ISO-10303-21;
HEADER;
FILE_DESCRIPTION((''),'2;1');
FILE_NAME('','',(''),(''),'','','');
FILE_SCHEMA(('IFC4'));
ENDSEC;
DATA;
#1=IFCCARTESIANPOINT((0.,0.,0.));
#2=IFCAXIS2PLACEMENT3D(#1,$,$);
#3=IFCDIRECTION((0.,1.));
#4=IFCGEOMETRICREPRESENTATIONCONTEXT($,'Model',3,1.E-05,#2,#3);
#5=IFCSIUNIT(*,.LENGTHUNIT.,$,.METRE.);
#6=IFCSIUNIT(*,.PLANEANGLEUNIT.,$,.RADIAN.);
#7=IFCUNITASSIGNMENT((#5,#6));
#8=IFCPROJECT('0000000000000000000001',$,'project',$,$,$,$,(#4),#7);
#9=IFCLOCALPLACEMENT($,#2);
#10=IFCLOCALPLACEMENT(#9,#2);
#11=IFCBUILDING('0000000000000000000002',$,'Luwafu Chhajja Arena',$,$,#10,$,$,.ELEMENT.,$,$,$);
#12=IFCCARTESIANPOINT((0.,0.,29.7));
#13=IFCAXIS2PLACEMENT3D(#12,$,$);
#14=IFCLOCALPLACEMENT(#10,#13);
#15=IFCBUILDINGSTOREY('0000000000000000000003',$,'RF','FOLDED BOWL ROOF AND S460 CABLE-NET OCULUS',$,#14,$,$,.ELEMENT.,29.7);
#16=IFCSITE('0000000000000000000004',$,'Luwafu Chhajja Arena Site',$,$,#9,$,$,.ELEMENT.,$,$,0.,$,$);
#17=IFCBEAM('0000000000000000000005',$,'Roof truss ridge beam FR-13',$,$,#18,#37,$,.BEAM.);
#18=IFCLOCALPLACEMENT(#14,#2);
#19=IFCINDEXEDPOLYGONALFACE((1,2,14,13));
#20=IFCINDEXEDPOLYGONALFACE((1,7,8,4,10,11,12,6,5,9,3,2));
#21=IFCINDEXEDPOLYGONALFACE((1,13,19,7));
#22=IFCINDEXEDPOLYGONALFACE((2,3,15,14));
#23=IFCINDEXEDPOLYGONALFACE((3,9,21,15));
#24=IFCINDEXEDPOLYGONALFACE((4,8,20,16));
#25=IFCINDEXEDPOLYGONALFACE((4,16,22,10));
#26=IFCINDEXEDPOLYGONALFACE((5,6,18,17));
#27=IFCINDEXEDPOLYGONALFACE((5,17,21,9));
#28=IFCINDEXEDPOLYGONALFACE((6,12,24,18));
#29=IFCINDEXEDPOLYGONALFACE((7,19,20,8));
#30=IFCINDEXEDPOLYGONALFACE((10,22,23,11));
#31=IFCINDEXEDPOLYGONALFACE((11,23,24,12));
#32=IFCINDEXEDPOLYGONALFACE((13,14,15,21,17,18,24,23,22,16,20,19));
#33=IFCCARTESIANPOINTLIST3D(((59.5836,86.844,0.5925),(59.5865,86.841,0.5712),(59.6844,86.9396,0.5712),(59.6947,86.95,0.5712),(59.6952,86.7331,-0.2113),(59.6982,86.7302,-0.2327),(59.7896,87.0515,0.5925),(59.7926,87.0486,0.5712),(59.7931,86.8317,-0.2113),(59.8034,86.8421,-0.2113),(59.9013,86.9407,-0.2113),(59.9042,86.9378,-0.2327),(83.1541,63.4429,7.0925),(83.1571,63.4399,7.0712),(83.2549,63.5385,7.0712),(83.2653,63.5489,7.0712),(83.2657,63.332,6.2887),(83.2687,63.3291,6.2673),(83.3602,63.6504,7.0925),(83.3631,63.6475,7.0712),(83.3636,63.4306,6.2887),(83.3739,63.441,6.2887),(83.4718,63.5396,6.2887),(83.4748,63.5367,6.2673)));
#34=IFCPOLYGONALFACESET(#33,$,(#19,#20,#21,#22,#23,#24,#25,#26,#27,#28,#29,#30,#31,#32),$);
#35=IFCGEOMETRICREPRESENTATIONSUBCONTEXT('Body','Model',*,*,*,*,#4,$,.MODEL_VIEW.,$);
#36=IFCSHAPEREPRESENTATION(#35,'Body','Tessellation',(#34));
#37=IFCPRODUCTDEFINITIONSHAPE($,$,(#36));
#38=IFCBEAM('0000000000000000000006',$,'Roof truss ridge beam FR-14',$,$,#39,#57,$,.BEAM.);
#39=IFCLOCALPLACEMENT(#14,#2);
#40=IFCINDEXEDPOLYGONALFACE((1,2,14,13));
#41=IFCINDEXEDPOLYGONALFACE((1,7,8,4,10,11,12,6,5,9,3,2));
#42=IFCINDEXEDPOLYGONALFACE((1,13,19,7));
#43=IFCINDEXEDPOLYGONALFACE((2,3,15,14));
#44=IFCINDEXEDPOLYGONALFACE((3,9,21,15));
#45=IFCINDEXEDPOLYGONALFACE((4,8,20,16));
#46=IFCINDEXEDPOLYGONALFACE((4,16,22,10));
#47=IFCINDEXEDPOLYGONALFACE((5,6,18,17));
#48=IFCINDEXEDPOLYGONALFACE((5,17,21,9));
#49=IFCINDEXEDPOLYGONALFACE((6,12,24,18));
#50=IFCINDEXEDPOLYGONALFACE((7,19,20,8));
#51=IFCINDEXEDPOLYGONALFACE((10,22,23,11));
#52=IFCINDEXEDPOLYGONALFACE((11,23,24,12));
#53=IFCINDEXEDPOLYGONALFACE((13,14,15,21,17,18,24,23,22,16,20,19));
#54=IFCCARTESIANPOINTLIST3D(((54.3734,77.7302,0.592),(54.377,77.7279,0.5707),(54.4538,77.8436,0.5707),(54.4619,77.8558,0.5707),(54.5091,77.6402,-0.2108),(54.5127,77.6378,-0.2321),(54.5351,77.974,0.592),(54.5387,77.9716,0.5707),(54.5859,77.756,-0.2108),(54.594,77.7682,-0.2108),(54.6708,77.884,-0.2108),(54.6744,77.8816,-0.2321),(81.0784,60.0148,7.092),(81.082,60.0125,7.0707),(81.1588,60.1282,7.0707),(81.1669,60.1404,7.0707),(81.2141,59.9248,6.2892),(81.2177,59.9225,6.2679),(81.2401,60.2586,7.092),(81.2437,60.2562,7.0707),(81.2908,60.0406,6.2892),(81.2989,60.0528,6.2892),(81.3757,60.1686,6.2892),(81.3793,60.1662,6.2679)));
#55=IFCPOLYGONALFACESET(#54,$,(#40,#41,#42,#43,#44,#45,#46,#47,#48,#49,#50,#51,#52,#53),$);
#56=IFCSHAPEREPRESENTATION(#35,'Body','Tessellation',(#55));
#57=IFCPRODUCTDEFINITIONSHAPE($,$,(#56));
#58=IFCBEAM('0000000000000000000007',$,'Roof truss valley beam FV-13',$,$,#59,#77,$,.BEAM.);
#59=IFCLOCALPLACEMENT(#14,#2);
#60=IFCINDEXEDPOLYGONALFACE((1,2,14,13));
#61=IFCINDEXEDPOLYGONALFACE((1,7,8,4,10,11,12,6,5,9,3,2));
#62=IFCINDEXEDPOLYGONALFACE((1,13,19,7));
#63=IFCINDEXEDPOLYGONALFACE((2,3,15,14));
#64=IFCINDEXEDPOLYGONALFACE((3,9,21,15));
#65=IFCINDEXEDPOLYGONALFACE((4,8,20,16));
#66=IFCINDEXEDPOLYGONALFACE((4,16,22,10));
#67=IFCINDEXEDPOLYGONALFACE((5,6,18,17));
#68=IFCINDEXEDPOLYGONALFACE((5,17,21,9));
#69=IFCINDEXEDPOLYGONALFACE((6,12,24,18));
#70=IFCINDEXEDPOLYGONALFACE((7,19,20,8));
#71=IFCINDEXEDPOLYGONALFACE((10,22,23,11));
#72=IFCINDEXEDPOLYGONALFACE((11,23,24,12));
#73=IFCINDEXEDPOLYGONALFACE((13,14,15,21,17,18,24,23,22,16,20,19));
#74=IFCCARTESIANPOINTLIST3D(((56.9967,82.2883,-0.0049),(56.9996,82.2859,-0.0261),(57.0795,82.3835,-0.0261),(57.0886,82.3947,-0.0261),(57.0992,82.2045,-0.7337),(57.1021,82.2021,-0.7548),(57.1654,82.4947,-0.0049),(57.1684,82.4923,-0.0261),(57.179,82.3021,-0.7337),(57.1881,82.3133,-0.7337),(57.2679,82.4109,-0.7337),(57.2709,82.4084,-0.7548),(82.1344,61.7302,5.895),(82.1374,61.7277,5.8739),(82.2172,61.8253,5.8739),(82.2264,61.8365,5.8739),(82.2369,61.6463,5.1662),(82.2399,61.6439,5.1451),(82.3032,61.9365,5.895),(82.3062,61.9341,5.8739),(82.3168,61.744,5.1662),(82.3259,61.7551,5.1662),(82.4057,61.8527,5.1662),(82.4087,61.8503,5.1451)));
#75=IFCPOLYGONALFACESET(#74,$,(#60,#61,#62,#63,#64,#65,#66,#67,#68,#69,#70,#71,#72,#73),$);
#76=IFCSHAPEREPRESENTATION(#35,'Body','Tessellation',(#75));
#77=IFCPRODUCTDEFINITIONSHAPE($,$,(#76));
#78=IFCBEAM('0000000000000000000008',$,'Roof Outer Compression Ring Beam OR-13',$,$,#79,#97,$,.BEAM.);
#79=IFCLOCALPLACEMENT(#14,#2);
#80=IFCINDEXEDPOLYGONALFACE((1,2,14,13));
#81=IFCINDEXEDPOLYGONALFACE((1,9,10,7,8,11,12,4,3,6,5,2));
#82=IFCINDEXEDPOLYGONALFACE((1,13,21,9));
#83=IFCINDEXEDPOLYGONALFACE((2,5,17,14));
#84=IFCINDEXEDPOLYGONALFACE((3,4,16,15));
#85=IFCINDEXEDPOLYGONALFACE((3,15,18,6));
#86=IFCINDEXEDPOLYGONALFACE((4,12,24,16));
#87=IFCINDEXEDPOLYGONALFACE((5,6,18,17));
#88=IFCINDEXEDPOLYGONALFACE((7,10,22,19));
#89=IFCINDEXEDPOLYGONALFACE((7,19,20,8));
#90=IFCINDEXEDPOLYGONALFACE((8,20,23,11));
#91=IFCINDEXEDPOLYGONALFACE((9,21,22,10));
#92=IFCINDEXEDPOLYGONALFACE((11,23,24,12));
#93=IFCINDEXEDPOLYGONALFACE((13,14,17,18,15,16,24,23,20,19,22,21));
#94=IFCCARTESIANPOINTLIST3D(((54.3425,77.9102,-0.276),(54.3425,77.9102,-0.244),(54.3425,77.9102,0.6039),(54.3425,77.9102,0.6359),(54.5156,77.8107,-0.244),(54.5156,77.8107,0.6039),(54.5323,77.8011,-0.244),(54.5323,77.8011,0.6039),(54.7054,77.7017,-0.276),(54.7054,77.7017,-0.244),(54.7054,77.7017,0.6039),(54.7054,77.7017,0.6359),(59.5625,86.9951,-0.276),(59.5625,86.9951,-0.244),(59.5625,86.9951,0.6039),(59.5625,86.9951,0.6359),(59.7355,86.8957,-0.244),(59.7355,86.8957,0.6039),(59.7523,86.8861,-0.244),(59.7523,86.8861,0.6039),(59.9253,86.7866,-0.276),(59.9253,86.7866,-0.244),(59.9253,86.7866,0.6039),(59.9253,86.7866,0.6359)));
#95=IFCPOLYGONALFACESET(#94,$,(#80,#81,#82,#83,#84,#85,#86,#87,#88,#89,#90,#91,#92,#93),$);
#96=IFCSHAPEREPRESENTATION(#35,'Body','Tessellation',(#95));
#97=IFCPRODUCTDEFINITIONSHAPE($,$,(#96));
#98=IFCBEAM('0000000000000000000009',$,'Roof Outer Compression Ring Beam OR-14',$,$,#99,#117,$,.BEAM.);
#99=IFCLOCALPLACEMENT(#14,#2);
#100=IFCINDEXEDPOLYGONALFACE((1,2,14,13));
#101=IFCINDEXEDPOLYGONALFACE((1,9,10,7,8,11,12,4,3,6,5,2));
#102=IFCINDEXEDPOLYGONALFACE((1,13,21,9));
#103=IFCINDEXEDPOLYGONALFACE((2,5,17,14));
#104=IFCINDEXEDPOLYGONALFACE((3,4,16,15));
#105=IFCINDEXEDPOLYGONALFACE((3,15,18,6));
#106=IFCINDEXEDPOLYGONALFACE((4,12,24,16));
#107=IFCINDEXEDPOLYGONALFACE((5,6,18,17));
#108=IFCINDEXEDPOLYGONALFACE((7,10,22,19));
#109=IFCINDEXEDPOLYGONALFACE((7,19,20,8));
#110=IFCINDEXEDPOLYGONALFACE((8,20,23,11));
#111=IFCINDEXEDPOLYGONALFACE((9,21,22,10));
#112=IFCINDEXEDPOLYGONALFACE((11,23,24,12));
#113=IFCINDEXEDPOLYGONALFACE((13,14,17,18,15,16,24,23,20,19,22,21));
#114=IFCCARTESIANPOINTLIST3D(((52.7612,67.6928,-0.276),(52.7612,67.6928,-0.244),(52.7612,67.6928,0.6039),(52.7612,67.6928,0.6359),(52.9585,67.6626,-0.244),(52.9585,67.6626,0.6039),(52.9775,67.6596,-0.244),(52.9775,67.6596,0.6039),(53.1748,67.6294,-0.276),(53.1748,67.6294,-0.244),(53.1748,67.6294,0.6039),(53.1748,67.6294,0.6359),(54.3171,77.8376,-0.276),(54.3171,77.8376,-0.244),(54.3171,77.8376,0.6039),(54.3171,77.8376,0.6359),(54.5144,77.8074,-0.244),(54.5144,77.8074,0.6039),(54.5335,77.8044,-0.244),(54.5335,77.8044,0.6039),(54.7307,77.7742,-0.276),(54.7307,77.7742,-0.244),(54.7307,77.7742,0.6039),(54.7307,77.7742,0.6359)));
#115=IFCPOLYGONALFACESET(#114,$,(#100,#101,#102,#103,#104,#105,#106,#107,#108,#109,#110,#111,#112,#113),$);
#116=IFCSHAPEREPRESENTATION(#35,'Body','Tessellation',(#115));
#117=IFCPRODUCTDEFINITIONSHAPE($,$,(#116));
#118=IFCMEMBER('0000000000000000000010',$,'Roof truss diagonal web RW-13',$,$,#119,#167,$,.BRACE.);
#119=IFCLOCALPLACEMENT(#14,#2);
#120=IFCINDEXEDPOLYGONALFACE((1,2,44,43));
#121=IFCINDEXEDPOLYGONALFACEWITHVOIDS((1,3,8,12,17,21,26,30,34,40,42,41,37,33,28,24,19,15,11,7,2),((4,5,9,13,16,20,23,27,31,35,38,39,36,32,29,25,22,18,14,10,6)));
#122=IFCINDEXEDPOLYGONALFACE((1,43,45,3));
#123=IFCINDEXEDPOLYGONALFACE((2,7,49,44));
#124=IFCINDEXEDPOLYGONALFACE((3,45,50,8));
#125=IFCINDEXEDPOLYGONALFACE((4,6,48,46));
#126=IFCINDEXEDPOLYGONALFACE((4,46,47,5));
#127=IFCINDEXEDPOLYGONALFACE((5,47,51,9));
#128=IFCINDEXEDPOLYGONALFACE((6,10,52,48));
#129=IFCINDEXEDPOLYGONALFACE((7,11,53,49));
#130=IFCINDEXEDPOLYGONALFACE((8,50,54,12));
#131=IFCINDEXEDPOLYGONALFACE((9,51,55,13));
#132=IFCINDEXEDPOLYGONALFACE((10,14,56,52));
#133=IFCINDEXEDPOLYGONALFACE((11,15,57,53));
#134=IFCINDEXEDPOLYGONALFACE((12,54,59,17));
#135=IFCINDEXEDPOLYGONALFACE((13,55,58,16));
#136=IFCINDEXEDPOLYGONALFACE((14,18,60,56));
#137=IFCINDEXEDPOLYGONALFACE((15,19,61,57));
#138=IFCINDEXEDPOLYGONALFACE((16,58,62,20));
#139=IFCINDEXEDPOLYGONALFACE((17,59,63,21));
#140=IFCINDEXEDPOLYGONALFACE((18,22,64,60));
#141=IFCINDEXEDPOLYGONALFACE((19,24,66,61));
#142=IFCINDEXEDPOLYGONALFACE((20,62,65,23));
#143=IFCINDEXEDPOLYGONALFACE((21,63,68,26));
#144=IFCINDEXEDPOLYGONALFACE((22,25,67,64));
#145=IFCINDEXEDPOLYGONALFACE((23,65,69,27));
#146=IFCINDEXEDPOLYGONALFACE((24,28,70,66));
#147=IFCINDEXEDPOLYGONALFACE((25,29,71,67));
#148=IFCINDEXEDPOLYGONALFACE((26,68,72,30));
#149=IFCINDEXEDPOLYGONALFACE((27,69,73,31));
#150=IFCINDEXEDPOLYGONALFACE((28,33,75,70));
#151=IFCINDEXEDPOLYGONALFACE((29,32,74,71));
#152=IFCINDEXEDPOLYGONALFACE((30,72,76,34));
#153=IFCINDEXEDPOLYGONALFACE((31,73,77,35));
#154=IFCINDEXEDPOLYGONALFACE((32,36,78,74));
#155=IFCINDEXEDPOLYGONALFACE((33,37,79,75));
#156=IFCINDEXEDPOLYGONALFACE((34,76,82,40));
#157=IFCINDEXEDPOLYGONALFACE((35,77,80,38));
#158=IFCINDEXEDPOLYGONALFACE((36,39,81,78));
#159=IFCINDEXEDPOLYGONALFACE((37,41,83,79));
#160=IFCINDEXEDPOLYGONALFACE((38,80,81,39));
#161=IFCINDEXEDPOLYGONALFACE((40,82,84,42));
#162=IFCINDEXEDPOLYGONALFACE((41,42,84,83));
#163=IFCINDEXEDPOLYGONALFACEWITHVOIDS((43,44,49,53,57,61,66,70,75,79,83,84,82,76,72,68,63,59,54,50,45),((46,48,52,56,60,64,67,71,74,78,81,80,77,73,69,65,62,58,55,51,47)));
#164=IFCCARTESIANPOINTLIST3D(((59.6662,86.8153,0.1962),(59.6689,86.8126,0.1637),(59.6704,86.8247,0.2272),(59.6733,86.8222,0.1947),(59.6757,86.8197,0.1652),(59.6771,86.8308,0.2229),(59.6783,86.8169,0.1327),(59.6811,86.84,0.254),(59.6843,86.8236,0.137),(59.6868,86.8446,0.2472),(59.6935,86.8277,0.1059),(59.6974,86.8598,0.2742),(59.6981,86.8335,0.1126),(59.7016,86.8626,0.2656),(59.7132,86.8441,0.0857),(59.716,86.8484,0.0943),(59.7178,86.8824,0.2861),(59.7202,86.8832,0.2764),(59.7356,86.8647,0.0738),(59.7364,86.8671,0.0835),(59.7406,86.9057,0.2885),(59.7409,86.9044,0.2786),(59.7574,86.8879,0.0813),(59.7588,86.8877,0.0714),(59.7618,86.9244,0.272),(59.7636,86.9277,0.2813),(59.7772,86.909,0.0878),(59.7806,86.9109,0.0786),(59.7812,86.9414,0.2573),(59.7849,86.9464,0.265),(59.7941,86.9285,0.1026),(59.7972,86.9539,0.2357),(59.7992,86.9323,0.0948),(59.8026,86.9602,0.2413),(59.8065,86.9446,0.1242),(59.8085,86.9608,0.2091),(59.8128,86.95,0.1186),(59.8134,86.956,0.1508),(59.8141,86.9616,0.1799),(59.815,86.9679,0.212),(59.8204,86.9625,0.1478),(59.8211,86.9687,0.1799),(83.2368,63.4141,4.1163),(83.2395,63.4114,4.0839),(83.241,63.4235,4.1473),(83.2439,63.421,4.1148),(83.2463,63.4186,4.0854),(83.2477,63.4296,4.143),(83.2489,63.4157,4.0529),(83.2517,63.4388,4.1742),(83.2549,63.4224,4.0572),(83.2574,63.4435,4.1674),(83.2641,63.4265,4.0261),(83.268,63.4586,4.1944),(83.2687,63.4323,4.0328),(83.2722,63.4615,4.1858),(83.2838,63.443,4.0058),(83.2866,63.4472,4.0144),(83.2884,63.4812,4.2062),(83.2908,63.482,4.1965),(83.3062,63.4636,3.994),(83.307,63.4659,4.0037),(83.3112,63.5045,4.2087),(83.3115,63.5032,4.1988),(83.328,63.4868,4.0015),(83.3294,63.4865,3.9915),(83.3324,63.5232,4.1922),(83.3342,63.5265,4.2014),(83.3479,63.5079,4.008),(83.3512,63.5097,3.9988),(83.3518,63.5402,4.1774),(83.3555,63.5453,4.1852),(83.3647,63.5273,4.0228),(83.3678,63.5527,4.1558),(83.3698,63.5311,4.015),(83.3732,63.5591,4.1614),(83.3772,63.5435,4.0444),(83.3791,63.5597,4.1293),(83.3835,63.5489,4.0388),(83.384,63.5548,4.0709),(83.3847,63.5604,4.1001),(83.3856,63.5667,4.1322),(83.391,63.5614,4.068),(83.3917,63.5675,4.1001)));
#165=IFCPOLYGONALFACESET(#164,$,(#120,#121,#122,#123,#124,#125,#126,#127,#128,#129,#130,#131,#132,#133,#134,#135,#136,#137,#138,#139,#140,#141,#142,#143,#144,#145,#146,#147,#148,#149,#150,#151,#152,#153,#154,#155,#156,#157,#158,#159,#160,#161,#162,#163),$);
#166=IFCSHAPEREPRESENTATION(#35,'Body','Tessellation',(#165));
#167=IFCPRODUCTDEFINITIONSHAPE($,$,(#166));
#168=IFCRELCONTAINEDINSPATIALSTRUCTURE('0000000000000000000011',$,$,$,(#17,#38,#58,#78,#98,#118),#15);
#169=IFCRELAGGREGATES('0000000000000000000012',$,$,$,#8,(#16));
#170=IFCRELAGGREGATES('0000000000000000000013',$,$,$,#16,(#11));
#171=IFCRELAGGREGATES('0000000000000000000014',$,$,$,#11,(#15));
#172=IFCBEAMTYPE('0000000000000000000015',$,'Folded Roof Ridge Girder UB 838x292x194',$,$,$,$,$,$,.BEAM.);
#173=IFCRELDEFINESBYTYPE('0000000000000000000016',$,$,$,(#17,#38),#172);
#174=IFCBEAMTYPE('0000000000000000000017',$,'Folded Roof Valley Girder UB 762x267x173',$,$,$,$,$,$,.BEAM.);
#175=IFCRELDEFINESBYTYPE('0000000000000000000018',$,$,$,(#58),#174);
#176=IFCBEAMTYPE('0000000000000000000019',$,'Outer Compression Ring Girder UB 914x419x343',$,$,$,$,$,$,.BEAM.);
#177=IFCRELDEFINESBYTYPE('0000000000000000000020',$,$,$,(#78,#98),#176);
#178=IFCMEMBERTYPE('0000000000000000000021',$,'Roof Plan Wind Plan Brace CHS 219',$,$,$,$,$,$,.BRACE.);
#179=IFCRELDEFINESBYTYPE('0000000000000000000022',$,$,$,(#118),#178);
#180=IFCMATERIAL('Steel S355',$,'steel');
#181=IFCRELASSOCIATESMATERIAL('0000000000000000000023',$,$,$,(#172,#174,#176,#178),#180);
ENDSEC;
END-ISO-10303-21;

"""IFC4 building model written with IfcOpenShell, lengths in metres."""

from ifc_helpers import new_model, si_unit, direction, frame, origin, origin_2d, place, context, subcontext, project, spatial, hollow_circle, i_section, extrude, material, material_profile, profile_set, type_object, element, save


model = new_model("IFC4")

# Units and contexts
model_context = context("Model", 3, precision=1e-05, world=origin(), true_north=direction((0.0, 1.0)))
body_context = subcontext(model_context, "Body", "Model", "MODEL_VIEW")
ifc_project = project(units=[si_unit("LENGTHUNIT", "METRE"), si_unit("PLANEANGLEUNIT", "RADIAN")], contexts=[model_context])

# Site, building, storey
site_placement = place(None, origin())
site = spatial("IfcSite", under=ifc_project, at=site_placement, Name="Luwafu Chhajja Arena Site", CompositionType="ELEMENT", RefElevation=0.0)
building_placement = place(site_placement, origin())
building = spatial("IfcBuilding", under=site, at=building_placement, Name="Luwafu Chhajja Arena", CompositionType="ELEMENT")
storey_placement = place(building_placement, frame((0.0, 0.0, 29.7)))
storey = spatial("IfcBuildingStorey", under=building, at=storey_placement, Name="RF", Description="FOLDED BOWL ROOF AND S460 CABLE-NET OCULUS", CompositionType="ELEMENT", Elevation=29.7)

# Beams
ifc_material_1 = material(Name="Steel S355", Category="steel")
ifc_material_profile_1 = material_profile(ifc_material_1, i_section(OverallWidth=0.2925, OverallDepth=0.8408, WebThickness=0.0146, FlangeThickness=0.0217, at=origin_2d()), Name="UB 838x292x194")
ifc_profile_set_1 = profile_set([ifc_material_profile_1], Name="Steel S355")
beam_type_1 = type_object("IfcBeamType", Name="Folded Roof Ridge Girder UB 838x292x194", PredefinedType="BEAM", material=ifc_profile_set_1)
beam_1_placement = place(storey_placement, frame((59.7439, 86.8909, 0.1799), z_axis=(0.696442, -0.691436, 0.192056), x_axis=(0.704552, 0.709653, 0.0)))
element("IfcBeam", 1, at=beam_1_placement, inside=storey, type_object=beam_type_1, Name="Roof truss ridge beam FR-13", PredefinedType="BEAM", context=body_context, shape_type="SweptSolid", body=[
    extrude(i_section(OverallWidth=0.2925, OverallDepth=0.8408, WebThickness=0.0146, FlangeThickness=0.0217, at=origin_2d()), origin(), (0.0, 0.0, 1.0), 33.8442),
])
beam_2_placement = place(storey_placement, frame((54.5239, 77.8059, 0.1799), z_axis=(0.816684, -0.541768, 0.198782), x_axis=(0.5528, 0.833314, 0.0)))
element("IfcBeam", 2, at=beam_2_placement, inside=storey, type_object=beam_type_1, Name="Roof truss ridge beam FR-14", PredefinedType="BEAM", context=body_context, shape_type="SweptSolid", body=[
    extrude(i_section(OverallWidth=0.2925, OverallDepth=0.8408, WebThickness=0.0146, FlangeThickness=0.0217, at=origin_2d()), origin(), (0.0, 0.0, 1.0), 32.6992),
])
ifc_material_profile_2 = material_profile(ifc_material_1, i_section(OverallWidth=0.2666, OverallDepth=0.7622, WebThickness=0.0144, FlangeThickness=0.0215, at=origin_2d()), Name="UB 762x267x173")
ifc_profile_set_2 = profile_set([ifc_material_profile_2], Name="Steel S355")
beam_type_2 = type_object("IfcBeamType", Name="Folded Roof Valley Girder UB 762x267x173", PredefinedType="BEAM", material=ifc_profile_set_2)
beam_3_placement = place(storey_placement, frame((57.1338, 82.3484, -0.3799), z_axis=(0.761627, -0.622873, 0.178756), x_axis=(0.63307, 0.774095, 0.0)))
element("IfcBeam", 3, at=beam_3_placement, inside=storey, type_object=beam_type_2, Name="Roof truss valley beam FV-13", PredefinedType="BEAM", context=body_context, shape_type="SweptSolid", body=[
    extrude(i_section(OverallWidth=0.2666, OverallDepth=0.7622, WebThickness=0.0144, FlangeThickness=0.0215, at=origin_2d()), origin(), (0.0, 0.0, 1.0), 33.0054),
])
ifc_material_profile_3 = material_profile(ifc_material_1, i_section(OverallWidth=0.4185, OverallDepth=0.9119, WebThickness=0.0193, FlangeThickness=0.032, at=origin_2d()), Name="UB 914x419x343")
ifc_profile_set_3 = profile_set([ifc_material_profile_3], Name="Steel S355")
beam_type_3 = type_object("IfcBeamType", Name="Outer Compression Ring Girder UB 914x419x343", PredefinedType="BEAM", material=ifc_profile_set_3)
beam_4_placement = place(storey_placement, frame((59.7439, 86.8909, 0.1799), z_axis=(-0.498193, -0.867066, 0.0), x_axis=(0.867066, -0.498193, 0.0)))
element("IfcBeam", 4, at=beam_4_placement, inside=storey, type_object=beam_type_3, Name="Roof Outer Compression Ring Beam OR-13", PredefinedType="BEAM", context=body_context, shape_type="SweptSolid", body=[
    extrude(i_section(OverallWidth=0.4185, OverallDepth=0.9119, WebThickness=0.0193, FlangeThickness=0.032, at=origin_2d()), origin(), (0.0, 0.0, 1.0), 10.4778),
])
beam_5_placement = place(storey_placement, frame((54.5239, 77.8059, 0.1799), z_axis=(-0.151598, -0.988442, 0.0), x_axis=(0.988442, -0.151598, 0.0)))
element("IfcBeam", 5, at=beam_5_placement, inside=storey, type_object=beam_type_3, Name="Roof Outer Compression Ring Beam OR-14", PredefinedType="BEAM", context=body_context, shape_type="SweptSolid", body=[
    extrude(i_section(OverallWidth=0.4185, OverallDepth=0.9119, WebThickness=0.0193, FlangeThickness=0.032, at=origin_2d()), origin(), (0.0, 0.0, 1.0), 10.2634),
])

# Member
ifc_material_profile_4 = material_profile(ifc_material_1, hollow_circle(Radius=0.1096, WallThickness=0.01, at=origin_2d()), Name="CHS 219.1x10")
ifc_profile_set_4 = profile_set([ifc_material_profile_4], Name="Steel S355")
member_type = type_object("IfcMemberType", Name="Roof Plan Wind Plan Brace CHS 219", PredefinedType="BRACE", material=ifc_profile_set_4)
member_1_placement = place(storey_placement, frame((59.7439, 86.8909, 0.1799), z_axis=(0.704761, -0.699695, 0.117213), x_axis=(0.704552, 0.709653, 0.0)))
element("IfcMember", 6, at=member_1_placement, inside=storey, type_object=member_type, Name="Roof truss diagonal web RW-13", PredefinedType="BRACE", context=body_context, shape_type="SweptSolid", body=[
    extrude(hollow_circle(Radius=0.1096, WallThickness=0.01, at=origin_2d()), origin(), (0.0, 0.0, 1.0), 33.4448),
])

save(model, "model.ifc")
